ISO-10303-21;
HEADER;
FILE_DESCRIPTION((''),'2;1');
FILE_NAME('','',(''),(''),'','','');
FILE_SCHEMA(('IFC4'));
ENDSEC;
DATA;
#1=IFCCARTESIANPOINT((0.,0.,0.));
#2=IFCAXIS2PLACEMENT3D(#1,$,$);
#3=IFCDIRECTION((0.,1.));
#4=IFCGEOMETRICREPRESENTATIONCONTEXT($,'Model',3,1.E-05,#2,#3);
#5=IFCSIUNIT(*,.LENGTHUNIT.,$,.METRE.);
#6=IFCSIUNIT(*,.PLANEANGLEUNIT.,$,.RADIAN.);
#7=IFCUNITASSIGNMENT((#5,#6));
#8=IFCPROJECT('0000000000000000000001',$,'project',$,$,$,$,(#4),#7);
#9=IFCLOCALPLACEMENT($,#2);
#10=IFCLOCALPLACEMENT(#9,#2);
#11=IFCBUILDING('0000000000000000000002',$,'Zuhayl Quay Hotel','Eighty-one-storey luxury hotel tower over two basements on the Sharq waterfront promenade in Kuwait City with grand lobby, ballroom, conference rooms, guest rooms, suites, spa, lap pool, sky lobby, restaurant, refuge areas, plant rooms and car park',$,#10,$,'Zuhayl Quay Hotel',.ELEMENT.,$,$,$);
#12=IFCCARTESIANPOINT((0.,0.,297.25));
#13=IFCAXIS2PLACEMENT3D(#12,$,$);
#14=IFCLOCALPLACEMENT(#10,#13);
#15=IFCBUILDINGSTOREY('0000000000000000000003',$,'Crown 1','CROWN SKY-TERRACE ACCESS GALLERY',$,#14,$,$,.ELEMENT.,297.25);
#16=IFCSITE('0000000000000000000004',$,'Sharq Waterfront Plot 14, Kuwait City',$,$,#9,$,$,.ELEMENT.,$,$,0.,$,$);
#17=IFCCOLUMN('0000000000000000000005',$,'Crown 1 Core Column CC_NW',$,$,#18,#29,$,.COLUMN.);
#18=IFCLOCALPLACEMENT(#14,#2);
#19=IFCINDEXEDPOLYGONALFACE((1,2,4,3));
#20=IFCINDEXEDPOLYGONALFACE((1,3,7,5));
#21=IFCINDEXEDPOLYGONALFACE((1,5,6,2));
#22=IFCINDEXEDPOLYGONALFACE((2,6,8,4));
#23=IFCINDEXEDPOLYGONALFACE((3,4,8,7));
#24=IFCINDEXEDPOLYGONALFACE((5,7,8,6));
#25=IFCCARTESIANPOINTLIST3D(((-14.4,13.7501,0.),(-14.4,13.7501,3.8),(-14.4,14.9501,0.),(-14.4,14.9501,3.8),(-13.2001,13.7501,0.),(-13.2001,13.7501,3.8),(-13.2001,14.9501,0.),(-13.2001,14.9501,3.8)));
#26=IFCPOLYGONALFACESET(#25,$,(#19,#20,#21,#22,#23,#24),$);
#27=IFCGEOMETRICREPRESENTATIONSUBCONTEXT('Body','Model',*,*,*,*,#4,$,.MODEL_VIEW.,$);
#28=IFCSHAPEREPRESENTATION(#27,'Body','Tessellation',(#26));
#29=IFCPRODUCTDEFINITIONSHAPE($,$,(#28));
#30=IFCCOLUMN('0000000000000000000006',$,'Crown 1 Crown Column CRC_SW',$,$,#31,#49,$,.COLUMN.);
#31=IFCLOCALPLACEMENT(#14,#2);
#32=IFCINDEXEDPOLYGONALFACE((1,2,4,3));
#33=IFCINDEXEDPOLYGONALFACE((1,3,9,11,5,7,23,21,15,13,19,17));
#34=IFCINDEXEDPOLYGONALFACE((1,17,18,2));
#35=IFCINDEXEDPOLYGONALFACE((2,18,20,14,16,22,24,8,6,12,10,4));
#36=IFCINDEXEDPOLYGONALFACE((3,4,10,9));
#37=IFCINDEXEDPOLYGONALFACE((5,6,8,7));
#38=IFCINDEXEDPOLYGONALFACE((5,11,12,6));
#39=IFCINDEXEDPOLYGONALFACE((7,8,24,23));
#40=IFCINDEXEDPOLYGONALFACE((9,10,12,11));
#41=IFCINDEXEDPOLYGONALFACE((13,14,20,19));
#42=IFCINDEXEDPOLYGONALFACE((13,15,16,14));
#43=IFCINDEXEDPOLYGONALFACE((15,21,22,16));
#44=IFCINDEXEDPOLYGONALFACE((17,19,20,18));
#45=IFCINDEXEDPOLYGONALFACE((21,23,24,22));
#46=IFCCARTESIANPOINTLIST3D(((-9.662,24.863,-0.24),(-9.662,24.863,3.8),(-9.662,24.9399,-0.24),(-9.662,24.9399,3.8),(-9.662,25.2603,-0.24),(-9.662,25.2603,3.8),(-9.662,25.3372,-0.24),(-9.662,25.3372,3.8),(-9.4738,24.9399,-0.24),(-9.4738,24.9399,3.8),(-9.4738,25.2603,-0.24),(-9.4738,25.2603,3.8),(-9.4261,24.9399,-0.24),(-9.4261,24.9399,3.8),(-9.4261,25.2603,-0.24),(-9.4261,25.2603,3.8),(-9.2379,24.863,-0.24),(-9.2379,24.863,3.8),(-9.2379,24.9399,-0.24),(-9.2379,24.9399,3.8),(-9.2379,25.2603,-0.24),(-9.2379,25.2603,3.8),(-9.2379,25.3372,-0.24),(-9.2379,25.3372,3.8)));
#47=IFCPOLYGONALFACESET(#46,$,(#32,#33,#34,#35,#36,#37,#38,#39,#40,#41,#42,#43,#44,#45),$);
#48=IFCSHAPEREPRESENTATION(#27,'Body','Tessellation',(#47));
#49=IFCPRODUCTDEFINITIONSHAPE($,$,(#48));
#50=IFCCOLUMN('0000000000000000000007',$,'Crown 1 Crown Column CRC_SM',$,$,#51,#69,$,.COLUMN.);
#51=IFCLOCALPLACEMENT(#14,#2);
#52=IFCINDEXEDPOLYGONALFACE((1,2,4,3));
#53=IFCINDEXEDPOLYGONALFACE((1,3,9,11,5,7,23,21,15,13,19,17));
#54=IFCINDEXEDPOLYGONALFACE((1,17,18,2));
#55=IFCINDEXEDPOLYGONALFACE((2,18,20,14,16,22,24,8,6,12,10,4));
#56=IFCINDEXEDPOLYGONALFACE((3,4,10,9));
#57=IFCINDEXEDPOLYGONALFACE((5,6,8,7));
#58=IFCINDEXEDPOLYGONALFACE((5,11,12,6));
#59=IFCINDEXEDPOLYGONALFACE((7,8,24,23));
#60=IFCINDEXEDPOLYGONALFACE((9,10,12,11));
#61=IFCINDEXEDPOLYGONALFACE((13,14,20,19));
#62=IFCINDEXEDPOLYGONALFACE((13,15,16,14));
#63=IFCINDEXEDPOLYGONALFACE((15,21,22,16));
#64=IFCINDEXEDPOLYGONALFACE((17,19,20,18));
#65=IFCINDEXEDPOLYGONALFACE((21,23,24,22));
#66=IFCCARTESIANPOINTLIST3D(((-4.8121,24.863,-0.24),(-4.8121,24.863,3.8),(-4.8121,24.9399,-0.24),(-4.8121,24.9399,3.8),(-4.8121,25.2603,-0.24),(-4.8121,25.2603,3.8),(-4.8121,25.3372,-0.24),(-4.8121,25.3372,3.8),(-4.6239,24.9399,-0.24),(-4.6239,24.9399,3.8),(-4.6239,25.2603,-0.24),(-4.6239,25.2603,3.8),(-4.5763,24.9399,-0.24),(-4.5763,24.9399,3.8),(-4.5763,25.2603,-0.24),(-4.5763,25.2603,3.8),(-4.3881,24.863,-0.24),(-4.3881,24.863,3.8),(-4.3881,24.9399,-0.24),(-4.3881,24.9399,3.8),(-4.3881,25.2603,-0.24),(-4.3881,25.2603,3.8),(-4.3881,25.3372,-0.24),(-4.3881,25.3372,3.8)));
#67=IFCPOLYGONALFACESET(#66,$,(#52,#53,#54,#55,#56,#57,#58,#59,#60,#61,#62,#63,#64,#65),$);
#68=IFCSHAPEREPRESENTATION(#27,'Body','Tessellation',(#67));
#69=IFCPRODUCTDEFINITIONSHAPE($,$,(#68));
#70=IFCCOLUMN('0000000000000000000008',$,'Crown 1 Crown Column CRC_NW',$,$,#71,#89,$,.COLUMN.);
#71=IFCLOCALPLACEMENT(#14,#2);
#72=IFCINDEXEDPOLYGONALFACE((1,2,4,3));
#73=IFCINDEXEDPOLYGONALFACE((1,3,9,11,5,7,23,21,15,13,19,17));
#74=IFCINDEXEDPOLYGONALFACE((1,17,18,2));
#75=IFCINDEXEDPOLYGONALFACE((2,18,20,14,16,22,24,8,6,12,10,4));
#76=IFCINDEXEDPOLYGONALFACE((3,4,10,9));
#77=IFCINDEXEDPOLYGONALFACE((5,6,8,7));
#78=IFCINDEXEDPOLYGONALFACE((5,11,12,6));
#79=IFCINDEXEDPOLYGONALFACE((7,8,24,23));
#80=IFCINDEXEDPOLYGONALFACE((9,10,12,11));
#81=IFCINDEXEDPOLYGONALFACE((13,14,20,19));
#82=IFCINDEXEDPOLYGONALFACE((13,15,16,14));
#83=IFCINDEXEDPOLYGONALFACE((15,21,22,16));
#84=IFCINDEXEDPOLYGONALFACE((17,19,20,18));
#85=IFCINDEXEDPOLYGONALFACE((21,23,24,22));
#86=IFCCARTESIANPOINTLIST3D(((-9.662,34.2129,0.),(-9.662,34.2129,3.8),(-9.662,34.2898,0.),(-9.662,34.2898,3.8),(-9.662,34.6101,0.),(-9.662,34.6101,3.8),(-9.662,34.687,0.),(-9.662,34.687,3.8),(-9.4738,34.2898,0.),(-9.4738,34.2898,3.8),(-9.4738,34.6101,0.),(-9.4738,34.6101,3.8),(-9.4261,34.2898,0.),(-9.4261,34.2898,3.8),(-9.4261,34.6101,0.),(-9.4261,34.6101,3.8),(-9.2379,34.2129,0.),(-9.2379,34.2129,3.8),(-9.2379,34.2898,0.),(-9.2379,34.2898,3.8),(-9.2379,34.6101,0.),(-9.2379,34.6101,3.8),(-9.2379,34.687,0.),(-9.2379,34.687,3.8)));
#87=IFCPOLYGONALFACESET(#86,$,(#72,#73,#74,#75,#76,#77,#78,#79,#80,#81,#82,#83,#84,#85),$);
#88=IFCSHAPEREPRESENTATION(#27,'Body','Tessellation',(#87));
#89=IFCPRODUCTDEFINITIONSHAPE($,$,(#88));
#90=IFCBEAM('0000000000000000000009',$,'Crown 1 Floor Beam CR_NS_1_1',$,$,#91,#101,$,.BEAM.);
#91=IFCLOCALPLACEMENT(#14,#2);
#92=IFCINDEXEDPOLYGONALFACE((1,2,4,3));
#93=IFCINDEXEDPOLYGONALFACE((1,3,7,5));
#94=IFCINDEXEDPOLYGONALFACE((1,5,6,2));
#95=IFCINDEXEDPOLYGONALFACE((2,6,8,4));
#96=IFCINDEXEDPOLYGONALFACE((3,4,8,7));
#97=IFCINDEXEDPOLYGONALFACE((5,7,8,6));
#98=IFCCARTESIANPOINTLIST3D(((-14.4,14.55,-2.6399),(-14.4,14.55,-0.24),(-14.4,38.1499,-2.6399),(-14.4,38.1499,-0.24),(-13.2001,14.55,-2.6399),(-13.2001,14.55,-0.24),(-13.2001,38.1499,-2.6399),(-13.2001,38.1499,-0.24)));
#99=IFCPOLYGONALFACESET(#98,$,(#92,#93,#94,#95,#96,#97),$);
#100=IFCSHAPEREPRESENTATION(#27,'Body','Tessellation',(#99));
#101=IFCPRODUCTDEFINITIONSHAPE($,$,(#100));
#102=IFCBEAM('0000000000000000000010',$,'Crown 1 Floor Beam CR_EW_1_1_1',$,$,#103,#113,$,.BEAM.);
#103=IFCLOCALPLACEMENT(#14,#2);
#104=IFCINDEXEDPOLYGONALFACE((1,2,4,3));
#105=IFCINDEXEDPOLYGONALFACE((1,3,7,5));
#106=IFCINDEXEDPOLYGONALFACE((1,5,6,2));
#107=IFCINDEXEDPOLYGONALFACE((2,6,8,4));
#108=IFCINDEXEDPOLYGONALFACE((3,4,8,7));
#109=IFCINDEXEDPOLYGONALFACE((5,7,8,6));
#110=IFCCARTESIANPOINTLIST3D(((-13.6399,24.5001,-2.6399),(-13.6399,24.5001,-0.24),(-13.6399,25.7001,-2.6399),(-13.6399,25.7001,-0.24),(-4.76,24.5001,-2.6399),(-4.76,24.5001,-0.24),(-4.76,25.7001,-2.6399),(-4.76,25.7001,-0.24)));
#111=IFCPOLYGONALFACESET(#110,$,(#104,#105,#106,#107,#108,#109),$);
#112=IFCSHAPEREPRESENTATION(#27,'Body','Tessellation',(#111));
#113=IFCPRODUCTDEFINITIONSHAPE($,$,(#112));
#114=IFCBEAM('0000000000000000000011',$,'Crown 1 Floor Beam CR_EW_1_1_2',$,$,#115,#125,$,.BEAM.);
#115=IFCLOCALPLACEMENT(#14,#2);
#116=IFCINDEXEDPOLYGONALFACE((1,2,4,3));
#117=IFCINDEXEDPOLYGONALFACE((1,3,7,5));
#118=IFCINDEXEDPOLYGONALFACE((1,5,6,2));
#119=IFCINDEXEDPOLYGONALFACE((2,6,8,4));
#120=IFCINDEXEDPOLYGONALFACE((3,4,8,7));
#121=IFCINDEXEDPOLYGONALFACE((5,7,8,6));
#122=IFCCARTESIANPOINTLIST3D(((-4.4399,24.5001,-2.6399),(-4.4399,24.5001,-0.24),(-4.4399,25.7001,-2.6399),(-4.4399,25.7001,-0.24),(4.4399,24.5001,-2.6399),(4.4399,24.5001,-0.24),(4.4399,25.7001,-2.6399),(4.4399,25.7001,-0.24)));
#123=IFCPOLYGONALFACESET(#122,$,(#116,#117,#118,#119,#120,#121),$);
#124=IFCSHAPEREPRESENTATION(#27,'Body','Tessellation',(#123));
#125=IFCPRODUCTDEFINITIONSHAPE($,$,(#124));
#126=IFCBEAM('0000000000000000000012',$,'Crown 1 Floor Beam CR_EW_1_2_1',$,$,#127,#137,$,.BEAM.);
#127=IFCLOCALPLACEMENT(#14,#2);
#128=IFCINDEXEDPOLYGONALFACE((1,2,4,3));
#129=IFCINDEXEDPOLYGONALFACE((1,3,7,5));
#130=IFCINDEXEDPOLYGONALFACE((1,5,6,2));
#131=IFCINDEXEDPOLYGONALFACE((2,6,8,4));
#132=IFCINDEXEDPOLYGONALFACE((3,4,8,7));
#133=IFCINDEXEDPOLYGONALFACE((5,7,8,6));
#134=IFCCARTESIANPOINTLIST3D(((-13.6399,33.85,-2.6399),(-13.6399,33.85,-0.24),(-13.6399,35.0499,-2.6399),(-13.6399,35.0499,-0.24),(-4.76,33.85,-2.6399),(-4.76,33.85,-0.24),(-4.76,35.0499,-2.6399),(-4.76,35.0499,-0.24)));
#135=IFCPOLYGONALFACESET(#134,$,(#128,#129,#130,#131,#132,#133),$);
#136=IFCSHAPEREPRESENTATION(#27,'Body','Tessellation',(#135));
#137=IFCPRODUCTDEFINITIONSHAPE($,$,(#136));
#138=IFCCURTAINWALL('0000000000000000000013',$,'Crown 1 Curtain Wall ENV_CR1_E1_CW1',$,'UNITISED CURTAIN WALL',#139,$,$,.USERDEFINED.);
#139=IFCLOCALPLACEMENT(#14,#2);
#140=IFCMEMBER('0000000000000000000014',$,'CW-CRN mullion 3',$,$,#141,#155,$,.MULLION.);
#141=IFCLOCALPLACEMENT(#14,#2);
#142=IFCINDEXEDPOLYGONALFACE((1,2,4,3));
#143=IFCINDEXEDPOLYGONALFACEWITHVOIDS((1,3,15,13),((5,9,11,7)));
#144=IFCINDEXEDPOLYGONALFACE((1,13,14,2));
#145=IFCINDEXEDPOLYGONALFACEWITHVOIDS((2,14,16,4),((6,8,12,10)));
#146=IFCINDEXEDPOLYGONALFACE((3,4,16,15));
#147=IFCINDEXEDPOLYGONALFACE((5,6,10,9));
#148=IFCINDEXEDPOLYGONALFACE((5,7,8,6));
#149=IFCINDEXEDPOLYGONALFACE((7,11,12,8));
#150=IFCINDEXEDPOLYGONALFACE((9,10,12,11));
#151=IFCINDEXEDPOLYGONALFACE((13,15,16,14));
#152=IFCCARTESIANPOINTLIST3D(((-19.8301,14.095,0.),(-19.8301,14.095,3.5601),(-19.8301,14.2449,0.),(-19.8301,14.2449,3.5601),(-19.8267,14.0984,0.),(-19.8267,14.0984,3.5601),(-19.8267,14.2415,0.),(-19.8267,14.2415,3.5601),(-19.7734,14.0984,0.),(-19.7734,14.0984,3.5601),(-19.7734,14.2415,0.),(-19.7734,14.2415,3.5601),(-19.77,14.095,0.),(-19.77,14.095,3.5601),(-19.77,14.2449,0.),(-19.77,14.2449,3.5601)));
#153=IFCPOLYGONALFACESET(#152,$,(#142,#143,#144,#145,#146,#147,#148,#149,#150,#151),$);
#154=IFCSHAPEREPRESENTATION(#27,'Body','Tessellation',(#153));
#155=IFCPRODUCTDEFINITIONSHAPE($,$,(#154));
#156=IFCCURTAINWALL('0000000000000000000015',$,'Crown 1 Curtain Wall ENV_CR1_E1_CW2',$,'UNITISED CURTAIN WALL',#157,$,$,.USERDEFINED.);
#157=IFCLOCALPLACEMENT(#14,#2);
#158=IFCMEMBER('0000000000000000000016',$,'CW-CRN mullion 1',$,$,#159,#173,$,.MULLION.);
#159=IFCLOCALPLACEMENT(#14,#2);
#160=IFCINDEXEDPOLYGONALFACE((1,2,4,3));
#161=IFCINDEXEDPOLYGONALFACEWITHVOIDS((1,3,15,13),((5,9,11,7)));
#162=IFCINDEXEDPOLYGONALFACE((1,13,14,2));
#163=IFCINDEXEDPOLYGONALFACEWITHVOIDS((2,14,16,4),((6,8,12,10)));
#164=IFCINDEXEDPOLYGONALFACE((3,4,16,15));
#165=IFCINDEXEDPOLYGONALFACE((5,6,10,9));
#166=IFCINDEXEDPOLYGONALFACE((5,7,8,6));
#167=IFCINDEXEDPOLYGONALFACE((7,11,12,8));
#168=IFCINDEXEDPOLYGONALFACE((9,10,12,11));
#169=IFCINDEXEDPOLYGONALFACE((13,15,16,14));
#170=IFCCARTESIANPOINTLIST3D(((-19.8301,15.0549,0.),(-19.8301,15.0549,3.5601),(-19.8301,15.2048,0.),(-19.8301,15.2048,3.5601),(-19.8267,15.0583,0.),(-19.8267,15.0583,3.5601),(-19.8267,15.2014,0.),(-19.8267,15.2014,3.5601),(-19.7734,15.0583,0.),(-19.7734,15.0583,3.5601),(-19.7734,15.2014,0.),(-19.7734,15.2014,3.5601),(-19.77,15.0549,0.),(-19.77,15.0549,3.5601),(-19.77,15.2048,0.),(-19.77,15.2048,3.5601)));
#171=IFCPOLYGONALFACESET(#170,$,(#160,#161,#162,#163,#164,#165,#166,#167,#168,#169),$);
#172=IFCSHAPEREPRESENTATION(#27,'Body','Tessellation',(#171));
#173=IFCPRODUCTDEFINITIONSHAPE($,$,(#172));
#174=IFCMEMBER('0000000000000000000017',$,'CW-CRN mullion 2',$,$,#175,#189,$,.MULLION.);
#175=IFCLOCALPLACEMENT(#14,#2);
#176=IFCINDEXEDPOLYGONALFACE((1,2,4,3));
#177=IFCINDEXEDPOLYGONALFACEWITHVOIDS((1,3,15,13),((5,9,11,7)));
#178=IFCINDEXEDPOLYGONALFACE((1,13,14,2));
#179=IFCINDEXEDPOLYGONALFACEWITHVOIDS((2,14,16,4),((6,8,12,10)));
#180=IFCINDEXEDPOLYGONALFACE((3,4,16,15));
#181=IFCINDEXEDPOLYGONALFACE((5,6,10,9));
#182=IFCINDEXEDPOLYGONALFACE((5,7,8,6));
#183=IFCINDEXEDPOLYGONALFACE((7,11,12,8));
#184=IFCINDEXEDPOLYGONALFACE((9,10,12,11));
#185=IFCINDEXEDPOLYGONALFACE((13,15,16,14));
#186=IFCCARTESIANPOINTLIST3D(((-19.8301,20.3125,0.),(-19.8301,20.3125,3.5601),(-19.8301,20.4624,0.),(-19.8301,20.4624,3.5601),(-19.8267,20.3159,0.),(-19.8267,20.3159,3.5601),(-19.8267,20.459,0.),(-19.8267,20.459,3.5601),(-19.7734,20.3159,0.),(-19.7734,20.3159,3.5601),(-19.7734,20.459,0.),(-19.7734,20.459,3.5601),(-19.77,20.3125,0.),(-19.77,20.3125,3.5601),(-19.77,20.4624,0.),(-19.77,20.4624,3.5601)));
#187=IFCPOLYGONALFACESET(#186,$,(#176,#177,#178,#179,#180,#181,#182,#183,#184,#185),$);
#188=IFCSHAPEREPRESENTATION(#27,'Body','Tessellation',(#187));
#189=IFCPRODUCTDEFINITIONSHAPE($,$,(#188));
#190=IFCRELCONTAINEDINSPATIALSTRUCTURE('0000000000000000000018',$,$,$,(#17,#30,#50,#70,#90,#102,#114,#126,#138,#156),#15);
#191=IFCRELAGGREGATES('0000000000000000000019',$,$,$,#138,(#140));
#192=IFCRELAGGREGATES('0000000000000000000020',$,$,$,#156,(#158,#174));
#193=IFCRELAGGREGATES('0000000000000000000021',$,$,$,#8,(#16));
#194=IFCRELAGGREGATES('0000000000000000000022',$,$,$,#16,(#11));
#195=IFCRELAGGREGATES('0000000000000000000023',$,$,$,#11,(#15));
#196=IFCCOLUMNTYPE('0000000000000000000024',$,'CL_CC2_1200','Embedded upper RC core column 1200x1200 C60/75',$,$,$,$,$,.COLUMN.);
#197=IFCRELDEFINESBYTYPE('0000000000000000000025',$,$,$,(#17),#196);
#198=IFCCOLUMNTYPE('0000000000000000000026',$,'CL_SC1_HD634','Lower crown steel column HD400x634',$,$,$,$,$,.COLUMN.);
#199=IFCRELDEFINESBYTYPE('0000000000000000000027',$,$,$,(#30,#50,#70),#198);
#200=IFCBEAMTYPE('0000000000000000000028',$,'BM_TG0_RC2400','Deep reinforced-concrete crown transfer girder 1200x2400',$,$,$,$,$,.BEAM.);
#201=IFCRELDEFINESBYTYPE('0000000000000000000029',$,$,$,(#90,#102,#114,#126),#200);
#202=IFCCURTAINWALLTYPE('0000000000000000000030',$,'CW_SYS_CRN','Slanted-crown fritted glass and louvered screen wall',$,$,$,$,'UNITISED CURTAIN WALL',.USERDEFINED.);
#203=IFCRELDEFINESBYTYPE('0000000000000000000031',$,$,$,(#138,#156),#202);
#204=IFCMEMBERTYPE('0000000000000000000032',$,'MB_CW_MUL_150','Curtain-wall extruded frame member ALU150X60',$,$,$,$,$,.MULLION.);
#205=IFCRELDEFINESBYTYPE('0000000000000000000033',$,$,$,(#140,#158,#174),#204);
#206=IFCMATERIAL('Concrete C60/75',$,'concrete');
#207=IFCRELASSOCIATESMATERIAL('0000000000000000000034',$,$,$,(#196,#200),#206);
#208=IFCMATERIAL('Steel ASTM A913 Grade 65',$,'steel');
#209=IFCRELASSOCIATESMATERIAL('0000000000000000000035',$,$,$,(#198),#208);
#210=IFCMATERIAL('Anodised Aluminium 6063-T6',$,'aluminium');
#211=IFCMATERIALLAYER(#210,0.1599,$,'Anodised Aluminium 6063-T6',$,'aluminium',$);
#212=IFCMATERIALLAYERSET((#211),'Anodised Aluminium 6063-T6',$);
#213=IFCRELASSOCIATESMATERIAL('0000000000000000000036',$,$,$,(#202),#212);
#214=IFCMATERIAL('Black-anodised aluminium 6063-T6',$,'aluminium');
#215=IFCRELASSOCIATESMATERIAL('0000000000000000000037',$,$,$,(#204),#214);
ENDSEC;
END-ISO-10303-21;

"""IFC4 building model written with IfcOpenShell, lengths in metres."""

from ifc_helpers import new_model, si_unit, direction, frame, origin, origin_2d, place, context, subcontext, project, spatial, rectangle, hollow_rectangle, i_section, extrude, material, layer, layer_set, material_profile, profile_set, type_object, element, aggregate, save


model = new_model("IFC4")

# Units and contexts
model_context = context("Model", 3, precision=1e-05, world=origin(), true_north=direction((0.0, 1.0)))
body_context = subcontext(model_context, "Body", "Model", "MODEL_VIEW")
ifc_project = project(units=[si_unit("LENGTHUNIT", "METRE"), si_unit("PLANEANGLEUNIT", "RADIAN")], contexts=[model_context])

# Site, building, storey
site_placement = place(None, origin())
site = spatial("IfcSite", under=ifc_project, at=site_placement, Name="Sharq Waterfront Plot 14, Kuwait City", CompositionType="ELEMENT", RefElevation=0.0)
building_placement = place(site_placement, origin())
building = spatial("IfcBuilding", under=site, at=building_placement, Name="Zuhayl Quay Hotel", Description="Eighty-one-storey luxury hotel tower over two basements on the Sharq waterfront promenade in Kuwait City with grand lobby, ballroom, conference rooms, guest rooms, suites, spa, lap pool, sky lobby, restaurant, refuge areas, plant rooms and car park", LongName="Zuhayl Quay Hotel", CompositionType="ELEMENT")
storey_placement = place(building_placement, frame((0.0, 0.0, 297.25)))
storey = spatial("IfcBuildingStorey", under=building, at=storey_placement, Name="Crown 1", Description="CROWN SKY-TERRACE ACCESS GALLERY", CompositionType="ELEMENT", Elevation=297.25)

# Columns
ifc_material_1 = material(Name="Concrete C60/75", Category="concrete")
ifc_material_profile_1 = material_profile(ifc_material_1, rectangle(XDim=1.2, YDim=1.2, at=origin_2d()), Name="RC1200X1200")
ifc_profile_set_1 = profile_set([ifc_material_profile_1], Name="Concrete C60/75")
column_type_1 = type_object("IfcColumnType", Name="CL_CC2_1200", Description="Embedded upper RC core column 1200x1200 C60/75", PredefinedType="COLUMN", material=ifc_profile_set_1)
column_1_placement = place(storey_placement, frame((-13.8, 14.3501, 0.0), z_axis=(0.0, 0.0, 1.0), x_axis=(1.0, 0.0, 0.0)))
element("IfcColumn", 1, at=column_1_placement, inside=storey, type_object=column_type_1, Name="Crown 1 Core Column CC_NW", PredefinedType="COLUMN", context=body_context, shape_type="SweptSolid", body=[
    extrude(rectangle(XDim=1.2, YDim=1.2, at=origin_2d()), origin(), (0.0, 0.0, 1.0), 3.8),
])
ifc_material_2 = material(Name="Steel ASTM A913 Grade 65", Category="steel")
ifc_material_profile_2 = material_profile(ifc_material_2, i_section(OverallWidth=0.4241, OverallDepth=0.4741, WebThickness=0.0476, FlangeThickness=0.0769, at=origin_2d()), Name="HD400X634")
ifc_profile_set_2 = profile_set([ifc_material_profile_2], Name="Steel ASTM A913 Grade 65")
column_type_2 = type_object("IfcColumnType", Name="CL_SC1_HD634", Description="Lower crown steel column HD400x634", PredefinedType="COLUMN", material=ifc_profile_set_2)
for number, where, z_axis, x_axis, name in (
    (2, (-9.45, 25.1001, -0.24), (0.0, 0.0, 1.0), (1.0, 0.0, 0.0), "Crown 1 Crown Column CRC_SW"),
    (3, (-4.6001, 25.1001, -0.24), (0.0, 0.0, 1.0), (1.0, 0.0, 0.0), "Crown 1 Crown Column CRC_SM"),
):
    element("IfcColumn", number, at=place(storey_placement, frame(where, z_axis=z_axis, x_axis=x_axis)), inside=storey, type_object=column_type_2, Name=name, PredefinedType="COLUMN", context=body_context, shape_type="SweptSolid", body=[
        extrude(i_section(OverallWidth=0.4241, OverallDepth=0.4741, WebThickness=0.0476, FlangeThickness=0.0769, at=origin_2d()), origin(), (0.0, 0.0, 1.0), 4.04),
    ])
column_2_placement = place(storey_placement, frame((-9.45, 34.45, 0.0), z_axis=(0.0, 0.0, 1.0), x_axis=(1.0, 0.0, 0.0)))
element("IfcColumn", 4, at=column_2_placement, inside=storey, type_object=column_type_2, Name="Crown 1 Crown Column CRC_NW", PredefinedType="COLUMN", context=body_context, shape_type="SweptSolid", body=[
    extrude(i_section(OverallWidth=0.4241, OverallDepth=0.4741, WebThickness=0.0476, FlangeThickness=0.0769, at=origin_2d()), origin(), (0.0, 0.0, 1.0), 3.8),
])

# Beams
ifc_material_profile_3 = material_profile(ifc_material_1, rectangle(XDim=1.2, YDim=2.3999, at=origin_2d()), Name="RC1200X2400")
ifc_profile_set_3 = profile_set([ifc_material_profile_3], Name="Concrete C60/75")
beam_type = type_object("IfcBeamType", Name="BM_TG0_RC2400", Description="Deep reinforced-concrete crown transfer girder 1200x2400", PredefinedType="BEAM", material=ifc_profile_set_3)
beam_placement = place(storey_placement, frame((-13.8, 14.55, -1.4399), z_axis=(0.0, 1.0, 0.0), x_axis=(-1.0, 0.0, 0.0)))
element("IfcBeam", 5, at=beam_placement, inside=storey, type_object=beam_type, Name="Crown 1 Floor Beam CR_NS_1_1", PredefinedType="BEAM", context=body_context, shape_type="SweptSolid", body=[
    extrude(rectangle(XDim=1.2, YDim=2.3999, at=origin_2d()), origin(), (0.0, 0.0, 1.0), 23.5999),
])
for number, where, z_axis, x_axis, name in (
    (6, (-13.6399, 25.1001, -1.4399), (1.0, 0.0, 0.0), (0.0, 1.0, 0.0), "Crown 1 Floor Beam CR_EW_1_1_1"),
    (7, (-4.4399, 25.1001, -1.4399), (1.0, 0.0, 0.0), (0.0, 1.0, 0.0), "Crown 1 Floor Beam CR_EW_1_1_2"),
    (8, (-13.6399, 34.45, -1.4399), (1.0, 0.0, 0.0), (0.0, 1.0, 0.0), "Crown 1 Floor Beam CR_EW_1_2_1"),
):
    element("IfcBeam", number, at=place(storey_placement, frame(where, z_axis=z_axis, x_axis=x_axis)), inside=storey, type_object=beam_type, Name=name, PredefinedType="BEAM", context=body_context, shape_type="SweptSolid", body=[
        extrude(rectangle(XDim=1.2, YDim=2.3999, at=origin_2d()), origin(), (0.0, 0.0, 1.0), 8.8799),
    ])

# Curtain wall, member
ifc_material_3 = material(Name="Anodised Aluminium 6063-T6", Category="aluminium")
ifc_layer_1 = layer(ifc_material_3, 0.1599, Name="Anodised Aluminium 6063-T6", Category="aluminium")
ifc_layer_set_1 = layer_set([ifc_layer_1], Name="Anodised Aluminium 6063-T6")
curtain_wall_type = type_object("IfcCurtainWallType", Name="CW_SYS_CRN", Description="Slanted-crown fritted glass and louvered screen wall", ElementType="UNITISED CURTAIN WALL", PredefinedType="USERDEFINED", material=ifc_layer_set_1)
curtain_wall_1_placement = place(storey_placement, origin())
curtain_wall_1 = element("IfcCurtainWall", 9, at=curtain_wall_1_placement, inside=storey, type_object=curtain_wall_type, Name="Crown 1 Curtain Wall ENV_CR1_E1_CW1", ObjectType="UNITISED CURTAIN WALL", PredefinedType="USERDEFINED")
ifc_material_4 = material(Name="Black-anodised aluminium 6063-T6", Category="aluminium")
ifc_material_profile_4 = material_profile(ifc_material_4, hollow_rectangle(XDim=0.0601, YDim=0.1499, WallThickness=0.0034, at=origin_2d()), Name="ALU150X60")
ifc_profile_set_4 = profile_set([ifc_material_profile_4], Name="Black-anodised aluminium 6063-T6")
member_type_1 = type_object("IfcMemberType", Name="MB_CW_MUL_150", Description="Curtain-wall extruded frame member ALU150X60", PredefinedType="MULLION", material=ifc_profile_set_4)
member_1_placement = place(storey_placement, frame((-19.8, 14.1699, 0.0), z_axis=(0.0, 0.0, 1.0), x_axis=(-1.0, 0.0, 0.0)))
member_1 = element("IfcMember", 10, at=member_1_placement, type_object=member_type_1, Name="CW-CRN mullion 3", PredefinedType="MULLION", context=body_context, shape_type="SweptSolid", body=[
    extrude(hollow_rectangle(XDim=0.0601, YDim=0.1499, WallThickness=0.0034, at=origin_2d()), origin(), (0.0, 0.0, 1.0), 3.5601),
])
aggregate(curtain_wall_1, [member_1])

# Curtain wall, members
curtain_wall_2_placement = place(storey_placement, origin())
curtain_wall_2 = element("IfcCurtainWall", 11, at=curtain_wall_2_placement, inside=storey, type_object=curtain_wall_type, Name="Crown 1 Curtain Wall ENV_CR1_E1_CW2", ObjectType="UNITISED CURTAIN WALL", PredefinedType="USERDEFINED")
member_2_placement = place(storey_placement, frame((-19.8, 15.1299, 0.0), z_axis=(0.0, 0.0, 1.0), x_axis=(-1.0, 0.0, 0.0)))
member_2 = element("IfcMember", 12, at=member_2_placement, type_object=member_type_1, Name="CW-CRN mullion 1", PredefinedType="MULLION", context=body_context, shape_type="SweptSolid", body=[
    extrude(hollow_rectangle(XDim=0.0601, YDim=0.1499, WallThickness=0.0034, at=origin_2d()), origin(), (0.0, 0.0, 1.0), 3.5601),
])
member_3_placement = place(storey_placement, frame((-19.8, 20.3875, 0.0), z_axis=(0.0, 0.0, 1.0), x_axis=(-1.0, 0.0, 0.0)))
member_3 = element("IfcMember", 13, at=member_3_placement, type_object=member_type_1, Name="CW-CRN mullion 2", PredefinedType="MULLION", context=body_context, shape_type="SweptSolid", body=[
    extrude(hollow_rectangle(XDim=0.0601, YDim=0.1499, WallThickness=0.0034, at=origin_2d()), origin(), (0.0, 0.0, 1.0), 3.5601),
])
aggregate(curtain_wall_2, [member_2, member_3])

save(model, "model.ifc")
